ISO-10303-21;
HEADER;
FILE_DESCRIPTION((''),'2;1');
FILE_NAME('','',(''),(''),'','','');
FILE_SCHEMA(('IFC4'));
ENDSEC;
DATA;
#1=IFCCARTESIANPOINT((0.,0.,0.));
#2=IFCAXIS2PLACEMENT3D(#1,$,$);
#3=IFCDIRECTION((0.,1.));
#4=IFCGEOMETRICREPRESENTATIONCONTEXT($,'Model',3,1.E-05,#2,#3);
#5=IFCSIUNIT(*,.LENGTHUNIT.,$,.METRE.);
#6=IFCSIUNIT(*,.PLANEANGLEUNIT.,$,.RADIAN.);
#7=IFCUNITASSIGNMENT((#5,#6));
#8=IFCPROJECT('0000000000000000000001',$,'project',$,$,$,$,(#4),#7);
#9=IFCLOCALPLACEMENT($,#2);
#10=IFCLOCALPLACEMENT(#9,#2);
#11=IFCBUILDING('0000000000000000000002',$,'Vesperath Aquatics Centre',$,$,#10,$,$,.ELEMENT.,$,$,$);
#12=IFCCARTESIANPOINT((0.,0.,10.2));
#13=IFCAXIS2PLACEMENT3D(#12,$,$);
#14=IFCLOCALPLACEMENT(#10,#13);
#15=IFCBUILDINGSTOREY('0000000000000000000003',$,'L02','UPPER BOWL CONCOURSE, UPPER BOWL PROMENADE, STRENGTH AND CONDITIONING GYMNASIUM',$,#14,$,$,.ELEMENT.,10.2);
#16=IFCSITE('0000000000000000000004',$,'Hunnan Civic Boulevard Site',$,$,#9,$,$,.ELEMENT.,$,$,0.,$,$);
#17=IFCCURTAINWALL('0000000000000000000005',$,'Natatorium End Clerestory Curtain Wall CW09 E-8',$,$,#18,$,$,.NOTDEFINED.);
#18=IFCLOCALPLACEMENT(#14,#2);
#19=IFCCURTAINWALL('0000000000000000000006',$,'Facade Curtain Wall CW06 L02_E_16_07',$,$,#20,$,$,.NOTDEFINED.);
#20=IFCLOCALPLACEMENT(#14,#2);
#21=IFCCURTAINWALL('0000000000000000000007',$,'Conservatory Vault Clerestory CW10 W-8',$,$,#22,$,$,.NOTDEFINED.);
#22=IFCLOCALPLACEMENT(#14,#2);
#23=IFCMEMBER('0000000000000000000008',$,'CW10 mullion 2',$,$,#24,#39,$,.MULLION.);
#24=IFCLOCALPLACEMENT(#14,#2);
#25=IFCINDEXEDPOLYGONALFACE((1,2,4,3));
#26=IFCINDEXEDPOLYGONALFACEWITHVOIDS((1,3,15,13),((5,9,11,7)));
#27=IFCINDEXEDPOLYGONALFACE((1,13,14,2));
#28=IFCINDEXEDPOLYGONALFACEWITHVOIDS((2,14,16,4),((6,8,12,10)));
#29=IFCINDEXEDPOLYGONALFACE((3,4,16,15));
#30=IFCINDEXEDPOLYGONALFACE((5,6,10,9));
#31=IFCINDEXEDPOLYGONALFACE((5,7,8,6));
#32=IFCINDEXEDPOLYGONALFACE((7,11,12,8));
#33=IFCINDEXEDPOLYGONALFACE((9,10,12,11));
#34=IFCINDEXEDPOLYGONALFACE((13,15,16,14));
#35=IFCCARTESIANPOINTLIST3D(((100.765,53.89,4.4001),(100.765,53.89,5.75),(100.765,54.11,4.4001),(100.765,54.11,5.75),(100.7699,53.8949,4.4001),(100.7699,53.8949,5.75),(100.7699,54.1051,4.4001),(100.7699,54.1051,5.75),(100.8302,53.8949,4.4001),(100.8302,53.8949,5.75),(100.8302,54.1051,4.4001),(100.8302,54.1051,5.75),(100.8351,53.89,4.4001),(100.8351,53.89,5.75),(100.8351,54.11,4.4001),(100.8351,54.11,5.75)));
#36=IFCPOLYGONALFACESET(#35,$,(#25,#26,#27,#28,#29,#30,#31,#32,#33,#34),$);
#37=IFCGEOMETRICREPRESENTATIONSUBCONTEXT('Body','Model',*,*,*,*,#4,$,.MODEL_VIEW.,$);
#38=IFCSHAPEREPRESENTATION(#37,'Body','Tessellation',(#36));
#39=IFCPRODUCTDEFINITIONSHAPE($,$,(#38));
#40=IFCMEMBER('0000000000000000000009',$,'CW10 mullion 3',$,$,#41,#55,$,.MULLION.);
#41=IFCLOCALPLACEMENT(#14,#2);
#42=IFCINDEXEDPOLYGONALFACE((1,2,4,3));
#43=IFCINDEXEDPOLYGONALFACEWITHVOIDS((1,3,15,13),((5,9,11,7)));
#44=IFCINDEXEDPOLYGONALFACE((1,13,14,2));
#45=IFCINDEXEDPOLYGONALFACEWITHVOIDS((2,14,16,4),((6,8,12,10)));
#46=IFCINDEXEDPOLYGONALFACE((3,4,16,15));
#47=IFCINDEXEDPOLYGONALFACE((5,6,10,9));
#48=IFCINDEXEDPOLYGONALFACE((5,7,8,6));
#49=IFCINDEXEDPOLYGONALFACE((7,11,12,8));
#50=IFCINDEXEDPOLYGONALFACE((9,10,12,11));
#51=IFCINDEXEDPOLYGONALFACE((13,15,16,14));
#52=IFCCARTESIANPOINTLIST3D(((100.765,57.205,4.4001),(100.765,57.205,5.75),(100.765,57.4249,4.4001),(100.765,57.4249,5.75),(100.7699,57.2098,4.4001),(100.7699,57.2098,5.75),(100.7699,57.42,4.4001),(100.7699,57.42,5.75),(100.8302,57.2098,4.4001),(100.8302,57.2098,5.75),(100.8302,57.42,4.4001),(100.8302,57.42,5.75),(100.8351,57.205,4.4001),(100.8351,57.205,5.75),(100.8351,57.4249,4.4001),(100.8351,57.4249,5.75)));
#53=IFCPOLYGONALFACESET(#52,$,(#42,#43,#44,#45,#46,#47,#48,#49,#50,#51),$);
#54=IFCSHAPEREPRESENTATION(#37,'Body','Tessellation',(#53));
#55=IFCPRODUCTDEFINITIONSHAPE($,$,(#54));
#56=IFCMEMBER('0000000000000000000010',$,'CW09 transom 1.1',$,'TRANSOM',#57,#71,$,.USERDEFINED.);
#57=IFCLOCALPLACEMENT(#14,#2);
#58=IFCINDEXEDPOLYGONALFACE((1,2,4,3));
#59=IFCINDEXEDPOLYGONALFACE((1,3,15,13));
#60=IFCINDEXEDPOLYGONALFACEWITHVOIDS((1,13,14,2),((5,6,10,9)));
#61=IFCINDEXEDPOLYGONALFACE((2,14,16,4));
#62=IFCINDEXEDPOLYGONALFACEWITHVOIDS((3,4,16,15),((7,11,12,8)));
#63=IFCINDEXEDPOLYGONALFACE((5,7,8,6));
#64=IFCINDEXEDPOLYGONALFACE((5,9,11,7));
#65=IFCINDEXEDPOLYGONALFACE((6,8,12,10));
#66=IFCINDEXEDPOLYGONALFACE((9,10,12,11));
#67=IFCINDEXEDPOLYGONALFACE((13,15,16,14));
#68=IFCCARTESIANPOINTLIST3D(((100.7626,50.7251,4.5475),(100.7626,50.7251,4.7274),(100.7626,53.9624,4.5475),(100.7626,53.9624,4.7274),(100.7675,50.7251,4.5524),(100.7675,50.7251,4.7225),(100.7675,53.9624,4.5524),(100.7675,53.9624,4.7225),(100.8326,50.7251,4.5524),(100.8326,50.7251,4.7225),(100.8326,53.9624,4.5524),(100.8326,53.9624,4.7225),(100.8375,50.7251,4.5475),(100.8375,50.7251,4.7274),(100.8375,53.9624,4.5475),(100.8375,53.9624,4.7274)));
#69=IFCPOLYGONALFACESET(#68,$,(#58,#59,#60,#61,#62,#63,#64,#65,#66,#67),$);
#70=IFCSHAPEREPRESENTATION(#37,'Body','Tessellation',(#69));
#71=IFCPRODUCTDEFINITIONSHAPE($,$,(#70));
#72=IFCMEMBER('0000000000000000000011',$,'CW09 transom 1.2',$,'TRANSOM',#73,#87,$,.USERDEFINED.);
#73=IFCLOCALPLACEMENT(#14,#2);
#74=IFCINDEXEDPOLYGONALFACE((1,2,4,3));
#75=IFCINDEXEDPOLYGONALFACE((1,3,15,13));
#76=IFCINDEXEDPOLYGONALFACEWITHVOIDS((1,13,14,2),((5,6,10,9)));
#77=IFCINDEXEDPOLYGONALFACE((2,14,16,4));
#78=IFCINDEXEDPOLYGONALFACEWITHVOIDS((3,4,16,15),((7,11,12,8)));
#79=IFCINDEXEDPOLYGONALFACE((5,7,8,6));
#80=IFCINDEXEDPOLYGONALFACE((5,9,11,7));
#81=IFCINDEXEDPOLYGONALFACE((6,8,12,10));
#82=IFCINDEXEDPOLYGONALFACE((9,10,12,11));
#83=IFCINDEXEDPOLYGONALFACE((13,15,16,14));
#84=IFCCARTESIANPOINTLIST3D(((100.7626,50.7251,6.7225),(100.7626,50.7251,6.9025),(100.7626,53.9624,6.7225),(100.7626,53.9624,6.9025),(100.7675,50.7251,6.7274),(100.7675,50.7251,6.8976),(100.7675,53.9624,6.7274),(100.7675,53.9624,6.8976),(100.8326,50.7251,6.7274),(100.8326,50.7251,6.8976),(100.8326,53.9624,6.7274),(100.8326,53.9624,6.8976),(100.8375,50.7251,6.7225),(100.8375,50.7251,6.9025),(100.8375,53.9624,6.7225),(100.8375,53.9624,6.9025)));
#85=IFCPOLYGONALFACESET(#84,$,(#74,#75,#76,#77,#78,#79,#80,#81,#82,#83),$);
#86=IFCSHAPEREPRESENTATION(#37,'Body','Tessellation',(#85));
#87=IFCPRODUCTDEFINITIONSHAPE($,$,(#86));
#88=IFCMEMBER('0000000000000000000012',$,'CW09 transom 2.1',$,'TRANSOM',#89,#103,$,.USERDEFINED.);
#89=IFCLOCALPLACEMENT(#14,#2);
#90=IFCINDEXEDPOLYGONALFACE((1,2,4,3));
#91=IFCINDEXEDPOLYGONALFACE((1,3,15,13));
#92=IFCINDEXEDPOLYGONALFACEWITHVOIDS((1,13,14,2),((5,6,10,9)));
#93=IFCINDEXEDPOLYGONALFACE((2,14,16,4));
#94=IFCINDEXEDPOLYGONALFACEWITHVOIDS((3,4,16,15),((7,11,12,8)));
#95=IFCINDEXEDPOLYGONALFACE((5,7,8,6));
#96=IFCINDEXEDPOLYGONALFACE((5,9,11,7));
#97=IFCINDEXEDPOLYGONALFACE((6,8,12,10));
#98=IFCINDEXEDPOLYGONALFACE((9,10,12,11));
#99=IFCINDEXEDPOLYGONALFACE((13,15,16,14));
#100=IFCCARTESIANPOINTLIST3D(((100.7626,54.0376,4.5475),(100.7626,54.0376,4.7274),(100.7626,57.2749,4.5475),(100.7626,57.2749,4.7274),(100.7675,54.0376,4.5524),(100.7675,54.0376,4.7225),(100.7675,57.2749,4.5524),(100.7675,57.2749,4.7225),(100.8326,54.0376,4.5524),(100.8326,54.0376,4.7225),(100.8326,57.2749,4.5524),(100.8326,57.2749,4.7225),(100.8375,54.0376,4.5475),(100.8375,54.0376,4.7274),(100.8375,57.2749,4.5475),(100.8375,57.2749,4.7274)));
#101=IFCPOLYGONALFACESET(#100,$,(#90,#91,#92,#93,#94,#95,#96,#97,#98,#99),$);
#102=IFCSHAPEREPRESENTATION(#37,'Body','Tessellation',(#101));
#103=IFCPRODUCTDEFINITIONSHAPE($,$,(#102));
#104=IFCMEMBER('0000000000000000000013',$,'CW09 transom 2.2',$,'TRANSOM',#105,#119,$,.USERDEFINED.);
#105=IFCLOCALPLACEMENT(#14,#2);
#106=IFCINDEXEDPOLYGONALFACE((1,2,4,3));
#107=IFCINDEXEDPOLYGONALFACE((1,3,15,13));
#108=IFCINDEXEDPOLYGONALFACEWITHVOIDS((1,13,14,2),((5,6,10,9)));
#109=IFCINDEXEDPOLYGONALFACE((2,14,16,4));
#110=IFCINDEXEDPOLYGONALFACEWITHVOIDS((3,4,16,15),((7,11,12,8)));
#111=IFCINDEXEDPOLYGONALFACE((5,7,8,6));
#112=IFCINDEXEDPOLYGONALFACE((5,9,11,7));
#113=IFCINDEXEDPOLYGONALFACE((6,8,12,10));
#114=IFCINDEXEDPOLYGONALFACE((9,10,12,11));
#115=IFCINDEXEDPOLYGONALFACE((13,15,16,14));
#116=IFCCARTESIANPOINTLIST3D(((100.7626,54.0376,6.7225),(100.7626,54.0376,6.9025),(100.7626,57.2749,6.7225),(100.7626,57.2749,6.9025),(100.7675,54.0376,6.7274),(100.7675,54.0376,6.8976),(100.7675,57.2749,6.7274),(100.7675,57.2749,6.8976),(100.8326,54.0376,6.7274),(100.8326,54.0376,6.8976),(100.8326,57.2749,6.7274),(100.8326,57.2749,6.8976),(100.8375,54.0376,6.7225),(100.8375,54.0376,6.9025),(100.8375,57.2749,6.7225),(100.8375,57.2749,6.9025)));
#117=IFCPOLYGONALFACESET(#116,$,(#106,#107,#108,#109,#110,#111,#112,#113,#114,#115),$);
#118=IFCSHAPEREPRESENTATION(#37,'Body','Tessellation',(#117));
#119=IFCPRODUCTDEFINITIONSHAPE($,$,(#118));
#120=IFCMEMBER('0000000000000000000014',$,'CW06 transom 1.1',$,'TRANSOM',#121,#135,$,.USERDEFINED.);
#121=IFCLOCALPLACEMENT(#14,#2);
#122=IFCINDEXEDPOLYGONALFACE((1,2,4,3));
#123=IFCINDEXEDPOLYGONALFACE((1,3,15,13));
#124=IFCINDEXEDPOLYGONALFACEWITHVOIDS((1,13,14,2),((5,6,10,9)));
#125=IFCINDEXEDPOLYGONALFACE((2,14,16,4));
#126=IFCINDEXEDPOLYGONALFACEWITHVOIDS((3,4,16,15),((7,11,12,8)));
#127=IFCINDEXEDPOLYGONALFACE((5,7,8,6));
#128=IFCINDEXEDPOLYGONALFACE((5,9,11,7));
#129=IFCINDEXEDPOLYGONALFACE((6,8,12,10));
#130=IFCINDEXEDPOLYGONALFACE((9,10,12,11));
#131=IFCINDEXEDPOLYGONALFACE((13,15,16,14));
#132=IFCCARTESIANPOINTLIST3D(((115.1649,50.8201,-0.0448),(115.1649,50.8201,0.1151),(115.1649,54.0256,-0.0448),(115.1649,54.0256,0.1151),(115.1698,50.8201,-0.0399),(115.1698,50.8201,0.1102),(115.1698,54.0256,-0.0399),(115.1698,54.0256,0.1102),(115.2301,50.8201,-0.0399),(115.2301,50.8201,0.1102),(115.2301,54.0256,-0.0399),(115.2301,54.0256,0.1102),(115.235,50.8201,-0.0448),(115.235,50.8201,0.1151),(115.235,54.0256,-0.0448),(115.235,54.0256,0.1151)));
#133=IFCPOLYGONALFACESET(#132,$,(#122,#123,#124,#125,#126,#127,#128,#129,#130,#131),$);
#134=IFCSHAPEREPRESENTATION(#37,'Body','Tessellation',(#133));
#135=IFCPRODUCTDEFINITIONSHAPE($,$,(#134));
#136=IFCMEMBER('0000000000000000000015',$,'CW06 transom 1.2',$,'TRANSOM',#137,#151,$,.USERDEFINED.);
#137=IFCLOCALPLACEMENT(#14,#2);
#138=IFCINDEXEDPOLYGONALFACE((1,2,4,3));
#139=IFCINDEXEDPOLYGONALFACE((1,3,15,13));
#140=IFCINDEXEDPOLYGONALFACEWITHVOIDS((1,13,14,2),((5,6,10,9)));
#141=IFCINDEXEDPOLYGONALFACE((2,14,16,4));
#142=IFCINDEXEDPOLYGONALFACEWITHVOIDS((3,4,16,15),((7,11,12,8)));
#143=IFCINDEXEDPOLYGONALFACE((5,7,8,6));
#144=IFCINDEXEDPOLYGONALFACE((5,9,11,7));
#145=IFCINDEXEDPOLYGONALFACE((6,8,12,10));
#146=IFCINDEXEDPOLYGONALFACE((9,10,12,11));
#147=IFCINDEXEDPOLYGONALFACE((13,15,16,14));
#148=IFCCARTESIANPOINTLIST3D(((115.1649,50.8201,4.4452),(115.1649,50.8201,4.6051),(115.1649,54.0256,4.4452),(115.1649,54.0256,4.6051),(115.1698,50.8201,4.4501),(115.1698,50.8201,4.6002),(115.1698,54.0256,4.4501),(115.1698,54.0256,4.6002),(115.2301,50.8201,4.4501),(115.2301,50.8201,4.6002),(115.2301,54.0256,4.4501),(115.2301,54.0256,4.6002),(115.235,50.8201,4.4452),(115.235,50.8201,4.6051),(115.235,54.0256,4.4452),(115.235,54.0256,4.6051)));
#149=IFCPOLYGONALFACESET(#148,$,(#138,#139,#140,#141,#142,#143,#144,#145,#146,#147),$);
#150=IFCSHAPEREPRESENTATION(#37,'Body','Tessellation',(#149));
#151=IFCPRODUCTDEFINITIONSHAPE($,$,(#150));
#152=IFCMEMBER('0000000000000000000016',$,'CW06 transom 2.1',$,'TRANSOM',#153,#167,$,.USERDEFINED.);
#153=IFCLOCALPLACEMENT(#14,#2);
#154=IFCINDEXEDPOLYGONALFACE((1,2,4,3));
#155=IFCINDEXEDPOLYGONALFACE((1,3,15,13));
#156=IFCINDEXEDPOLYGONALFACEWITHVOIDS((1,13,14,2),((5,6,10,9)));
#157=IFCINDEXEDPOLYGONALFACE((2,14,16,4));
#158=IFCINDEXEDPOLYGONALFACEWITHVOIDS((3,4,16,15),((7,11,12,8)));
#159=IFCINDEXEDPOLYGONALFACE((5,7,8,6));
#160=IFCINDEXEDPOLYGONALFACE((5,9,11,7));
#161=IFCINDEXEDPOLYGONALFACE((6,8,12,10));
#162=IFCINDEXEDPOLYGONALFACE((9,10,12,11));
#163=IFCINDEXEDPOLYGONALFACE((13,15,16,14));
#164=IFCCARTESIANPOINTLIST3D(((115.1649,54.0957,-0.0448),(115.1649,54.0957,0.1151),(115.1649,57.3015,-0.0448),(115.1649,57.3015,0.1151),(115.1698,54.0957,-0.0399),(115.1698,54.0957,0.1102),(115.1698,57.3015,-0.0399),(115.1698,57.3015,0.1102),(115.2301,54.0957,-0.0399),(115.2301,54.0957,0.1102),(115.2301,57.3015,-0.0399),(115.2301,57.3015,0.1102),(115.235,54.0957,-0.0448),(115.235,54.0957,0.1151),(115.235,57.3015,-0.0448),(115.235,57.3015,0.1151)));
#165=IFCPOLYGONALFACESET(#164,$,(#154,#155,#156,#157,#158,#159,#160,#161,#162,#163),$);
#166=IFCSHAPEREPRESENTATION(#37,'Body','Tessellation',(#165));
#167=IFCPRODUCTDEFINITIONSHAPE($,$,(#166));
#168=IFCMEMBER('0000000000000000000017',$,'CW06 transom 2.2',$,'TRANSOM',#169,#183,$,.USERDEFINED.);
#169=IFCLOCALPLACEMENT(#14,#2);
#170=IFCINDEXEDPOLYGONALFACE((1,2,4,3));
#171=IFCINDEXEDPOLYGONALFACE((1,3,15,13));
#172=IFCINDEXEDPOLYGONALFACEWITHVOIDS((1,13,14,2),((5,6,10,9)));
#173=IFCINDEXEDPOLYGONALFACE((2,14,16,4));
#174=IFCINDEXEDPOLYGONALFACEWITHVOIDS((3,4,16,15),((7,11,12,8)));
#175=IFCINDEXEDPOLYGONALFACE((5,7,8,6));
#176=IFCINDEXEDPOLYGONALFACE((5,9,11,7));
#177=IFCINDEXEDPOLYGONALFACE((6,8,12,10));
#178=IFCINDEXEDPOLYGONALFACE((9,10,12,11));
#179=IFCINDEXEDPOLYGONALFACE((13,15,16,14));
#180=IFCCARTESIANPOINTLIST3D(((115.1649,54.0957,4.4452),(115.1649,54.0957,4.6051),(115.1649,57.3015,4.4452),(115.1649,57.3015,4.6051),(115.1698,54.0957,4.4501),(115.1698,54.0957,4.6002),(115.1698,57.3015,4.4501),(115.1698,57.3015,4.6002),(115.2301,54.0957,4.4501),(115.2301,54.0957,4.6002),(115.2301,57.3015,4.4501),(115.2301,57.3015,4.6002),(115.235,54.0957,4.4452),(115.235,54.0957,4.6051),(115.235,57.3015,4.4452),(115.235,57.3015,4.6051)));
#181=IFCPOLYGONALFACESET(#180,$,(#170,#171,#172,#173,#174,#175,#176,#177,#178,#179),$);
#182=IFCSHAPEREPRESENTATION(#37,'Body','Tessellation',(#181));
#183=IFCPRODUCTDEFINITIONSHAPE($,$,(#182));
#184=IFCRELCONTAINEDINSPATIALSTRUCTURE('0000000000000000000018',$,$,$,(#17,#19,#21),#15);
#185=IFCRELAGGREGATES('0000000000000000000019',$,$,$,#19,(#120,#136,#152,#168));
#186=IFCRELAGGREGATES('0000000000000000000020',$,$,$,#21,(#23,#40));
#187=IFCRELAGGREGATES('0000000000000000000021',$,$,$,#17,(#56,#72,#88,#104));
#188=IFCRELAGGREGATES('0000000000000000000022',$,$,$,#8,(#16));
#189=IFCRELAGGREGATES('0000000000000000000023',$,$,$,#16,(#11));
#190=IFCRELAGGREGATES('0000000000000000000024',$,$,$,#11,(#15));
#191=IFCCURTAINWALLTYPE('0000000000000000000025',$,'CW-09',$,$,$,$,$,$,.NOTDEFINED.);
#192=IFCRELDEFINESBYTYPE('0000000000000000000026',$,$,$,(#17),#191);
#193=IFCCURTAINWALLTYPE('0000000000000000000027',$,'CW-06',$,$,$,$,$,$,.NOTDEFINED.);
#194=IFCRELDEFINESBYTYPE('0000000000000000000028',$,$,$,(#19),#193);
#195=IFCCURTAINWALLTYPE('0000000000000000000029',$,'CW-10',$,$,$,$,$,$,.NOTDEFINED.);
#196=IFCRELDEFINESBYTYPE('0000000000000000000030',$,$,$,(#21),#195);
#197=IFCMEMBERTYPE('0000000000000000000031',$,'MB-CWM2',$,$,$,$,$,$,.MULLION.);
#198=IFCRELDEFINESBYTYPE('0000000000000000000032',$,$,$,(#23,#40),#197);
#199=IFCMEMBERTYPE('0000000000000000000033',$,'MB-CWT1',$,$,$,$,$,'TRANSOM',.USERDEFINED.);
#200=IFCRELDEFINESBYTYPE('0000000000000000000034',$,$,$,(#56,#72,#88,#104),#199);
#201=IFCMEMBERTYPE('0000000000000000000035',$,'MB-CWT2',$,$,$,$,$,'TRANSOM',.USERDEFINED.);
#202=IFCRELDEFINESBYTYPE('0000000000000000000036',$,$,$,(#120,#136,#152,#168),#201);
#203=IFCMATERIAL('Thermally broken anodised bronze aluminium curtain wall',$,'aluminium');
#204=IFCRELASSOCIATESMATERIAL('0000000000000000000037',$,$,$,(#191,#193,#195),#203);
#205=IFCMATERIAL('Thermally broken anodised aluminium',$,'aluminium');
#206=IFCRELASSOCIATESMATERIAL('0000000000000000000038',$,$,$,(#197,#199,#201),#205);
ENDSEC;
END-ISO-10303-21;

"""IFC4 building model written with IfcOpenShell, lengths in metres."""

from ifc_helpers import new_model, si_unit, direction, frame, origin, origin_2d, place, context, subcontext, project, spatial, hollow_rectangle, extrude, material, material_profile, profile_set, type_object, element, aggregate, save


model = new_model("IFC4")

# Units and contexts
model_context = context("Model", 3, precision=1e-05, world=origin(), true_north=direction((0.0, 1.0)))
body_context = subcontext(model_context, "Body", "Model", "MODEL_VIEW")
ifc_project = project(units=[si_unit("LENGTHUNIT", "METRE"), si_unit("PLANEANGLEUNIT", "RADIAN")], contexts=[model_context])

# Site, building, storey
site_placement = place(None, origin())
site = spatial("IfcSite", under=ifc_project, at=site_placement, Name="Hunnan Civic Boulevard Site", CompositionType="ELEMENT", RefElevation=0.0)
building_placement = place(site_placement, origin())
building = spatial("IfcBuilding", under=site, at=building_placement, Name="Vesperath Aquatics Centre", CompositionType="ELEMENT")
storey_placement = place(building_placement, frame((0.0, 0.0, 10.2)))
storey = spatial("IfcBuildingStorey", under=building, at=storey_placement, Name="L02", Description="UPPER BOWL CONCOURSE, UPPER BOWL PROMENADE, STRENGTH AND CONDITIONING GYMNASIUM", CompositionType="ELEMENT", Elevation=10.2)

# Curtain wall
ifc_material_1 = material(Name="Thermally broken anodised bronze aluminium curtain wall", Category="aluminium")
curtain_wall_type_1 = type_object("IfcCurtainWallType", Name="CW-09", PredefinedType="NOTDEFINED", material=ifc_material_1)
curtain_wall_1_placement = place(storey_placement, origin())
curtain_wall_1 = element("IfcCurtainWall", 1, at=curtain_wall_1_placement, inside=storey, type_object=curtain_wall_type_1, Name="Natatorium End Clerestory Curtain Wall CW09 E-8", PredefinedType="NOTDEFINED")
ifc_material_2 = material(Name="Thermally broken anodised aluminium", Category="aluminium")

# Shared definitions
curtain_wall_type_2 = type_object("IfcCurtainWallType", Name="CW-06", PredefinedType="NOTDEFINED", material=ifc_material_1)
ifc_material_profile_1 = material_profile(ifc_material_2, hollow_rectangle(XDim=0.0701, YDim=0.22, WallThickness=0.0049, at=origin_2d()), Name="CWM 70x220x5")
ifc_profile_set_1 = profile_set([ifc_material_profile_1], Name="Thermally broken anodised aluminium")
member_type_1 = type_object("IfcMemberType", Name="MB-CWM2", PredefinedType="MULLION", material=ifc_profile_set_1)

# Curtain walls, members
curtain_wall_2_placement = place(storey_placement, origin())
curtain_wall_2 = element("IfcCurtainWall", 2, at=curtain_wall_2_placement, inside=storey, type_object=curtain_wall_type_2, Name="Facade Curtain Wall CW06 L02_E_16_07", PredefinedType="NOTDEFINED")
curtain_wall_type_3 = type_object("IfcCurtainWallType", Name="CW-10", PredefinedType="NOTDEFINED", material=ifc_material_1)
curtain_wall_3_placement = place(storey_placement, origin())
curtain_wall_3 = element("IfcCurtainWall", 3, at=curtain_wall_3_placement, inside=storey, type_object=curtain_wall_type_3, Name="Conservatory Vault Clerestory CW10 W-8", PredefinedType="NOTDEFINED")
member_1_placement = place(storey_placement, frame((100.8, 54.0, 4.4001), z_axis=(0.0, 0.0, 1.0), x_axis=(-1.0, 0.0, 0.0)))
member_1 = element("IfcMember", 4, at=member_1_placement, type_object=member_type_1, Name="CW10 mullion 2", PredefinedType="MULLION", context=body_context, shape_type="SweptSolid", body=[
    extrude(hollow_rectangle(XDim=0.0701, YDim=0.22, WallThickness=0.0049, at=origin_2d()), origin(), (0.0, 0.0, 1.0), 1.3499),
])
member_2_placement = place(storey_placement, frame((100.8, 57.3149, 4.4001), z_axis=(0.0, 0.0, 1.0), x_axis=(-1.0, 0.0, 0.0)))
member_2 = element("IfcMember", 5, at=member_2_placement, type_object=member_type_1, Name="CW10 mullion 3", PredefinedType="MULLION", context=body_context, shape_type="SweptSolid", body=[
    extrude(hollow_rectangle(XDim=0.0701, YDim=0.22, WallThickness=0.0049, at=origin_2d()), origin(), (0.0, 0.0, 1.0), 1.3499),
])

# Members
ifc_material_profile_2 = material_profile(ifc_material_2, hollow_rectangle(XDim=0.075, YDim=0.1799, WallThickness=0.0049, at=origin_2d()), Name="CWT 75x180x5")
ifc_profile_set_2 = profile_set([ifc_material_profile_2], Name="Thermally broken anodised aluminium")
member_type_2 = type_object("IfcMemberType", Name="MB-CWT1", ElementType="TRANSOM", PredefinedType="USERDEFINED", material=ifc_profile_set_2)
member_3_placement = place(storey_placement, frame((100.8, 50.7251, 4.6375), z_axis=(0.0, 1.0, 0.0), x_axis=(-1.0, 0.0, 0.0)))
member_3 = element("IfcMember", 6, at=member_3_placement, type_object=member_type_2, Name="CW09 transom 1.1", ObjectType="TRANSOM", PredefinedType="USERDEFINED", context=body_context, shape_type="SweptSolid", body=[
    extrude(hollow_rectangle(XDim=0.075, YDim=0.1799, WallThickness=0.0049, at=origin_2d()), origin(), (0.0, 0.0, 1.0), 3.2373),
])
member_4_placement = place(storey_placement, frame((100.8, 50.7251, 6.8125), z_axis=(0.0, 1.0, 0.0), x_axis=(-1.0, 0.0, 0.0)))
member_4 = element("IfcMember", 7, at=member_4_placement, type_object=member_type_2, Name="CW09 transom 1.2", ObjectType="TRANSOM", PredefinedType="USERDEFINED", context=body_context, shape_type="SweptSolid", body=[
    extrude(hollow_rectangle(XDim=0.075, YDim=0.1799, WallThickness=0.0049, at=origin_2d()), origin(), (0.0, 0.0, 1.0), 3.2373),
])
member_5_placement = place(storey_placement, frame((100.8, 54.0376, 4.6375), z_axis=(0.0, 1.0, 0.0), x_axis=(-1.0, 0.0, 0.0)))
member_5 = element("IfcMember", 8, at=member_5_placement, type_object=member_type_2, Name="CW09 transom 2.1", ObjectType="TRANSOM", PredefinedType="USERDEFINED", context=body_context, shape_type="SweptSolid", body=[
    extrude(hollow_rectangle(XDim=0.075, YDim=0.1799, WallThickness=0.0049, at=origin_2d()), origin(), (0.0, 0.0, 1.0), 3.2373),
])
member_6_placement = place(storey_placement, frame((100.8, 54.0376, 6.8125), z_axis=(0.0, 1.0, 0.0), x_axis=(-1.0, 0.0, 0.0)))
member_6 = element("IfcMember", 9, at=member_6_placement, type_object=member_type_2, Name="CW09 transom 2.2", ObjectType="TRANSOM", PredefinedType="USERDEFINED", context=body_context, shape_type="SweptSolid", body=[
    extrude(hollow_rectangle(XDim=0.075, YDim=0.1799, WallThickness=0.0049, at=origin_2d()), origin(), (0.0, 0.0, 1.0), 3.2373),
])
ifc_material_profile_3 = material_profile(ifc_material_2, hollow_rectangle(XDim=0.0701, YDim=0.1599, WallThickness=0.0049, at=origin_2d()), Name="CWT 70x160x5")
ifc_profile_set_3 = profile_set([ifc_material_profile_3], Name="Thermally broken anodised aluminium")
member_type_3 = type_object("IfcMemberType", Name="MB-CWT2", ElementType="TRANSOM", PredefinedType="USERDEFINED", material=ifc_profile_set_3)
member_7_placement = place(storey_placement, frame((115.2, 50.8201, 0.0352), z_axis=(0.0, 1.0, 0.0), x_axis=(-1.0, 0.0, 0.0)))
member_7 = element("IfcMember", 10, at=member_7_placement, type_object=member_type_3, Name="CW06 transom 1.1", ObjectType="TRANSOM", PredefinedType="USERDEFINED", context=body_context, shape_type="SweptSolid", body=[
    extrude(hollow_rectangle(XDim=0.0701, YDim=0.1599, WallThickness=0.0049, at=origin_2d()), origin(), (0.0, 0.0, 1.0), 3.2056),
])
member_8_placement = place(storey_placement, frame((115.2, 50.8201, 4.5251), z_axis=(0.0, 1.0, 0.0), x_axis=(-1.0, 0.0, 0.0)))
member_8 = element("IfcMember", 11, at=member_8_placement, type_object=member_type_3, Name="CW06 transom 1.2", ObjectType="TRANSOM", PredefinedType="USERDEFINED", context=body_context, shape_type="SweptSolid", body=[
    extrude(hollow_rectangle(XDim=0.0701, YDim=0.1599, WallThickness=0.0049, at=origin_2d()), origin(), (0.0, 0.0, 1.0), 3.2056),
])
member_9_placement = place(storey_placement, frame((115.2, 54.0957, 0.0352), z_axis=(0.0, 1.0, 0.0), x_axis=(-1.0, 0.0, 0.0)))
member_9 = element("IfcMember", 12, at=member_9_placement, type_object=member_type_3, Name="CW06 transom 2.1", ObjectType="TRANSOM", PredefinedType="USERDEFINED", context=body_context, shape_type="SweptSolid", body=[
    extrude(hollow_rectangle(XDim=0.0701, YDim=0.1599, WallThickness=0.0049, at=origin_2d()), origin(), (0.0, 0.0, 1.0), 3.2058),
])
member_10_placement = place(storey_placement, frame((115.2, 54.0957, 4.5251), z_axis=(0.0, 1.0, 0.0), x_axis=(-1.0, 0.0, 0.0)))
member_10 = element("IfcMember", 13, at=member_10_placement, type_object=member_type_3, Name="CW06 transom 2.2", ObjectType="TRANSOM", PredefinedType="USERDEFINED", context=body_context, shape_type="SweptSolid", body=[
    extrude(hollow_rectangle(XDim=0.0701, YDim=0.1599, WallThickness=0.0049, at=origin_2d()), origin(), (0.0, 0.0, 1.0), 3.2058),
])

aggregate(curtain_wall_2, [member_7, member_8, member_9, member_10])
aggregate(curtain_wall_3, [member_1, member_2])
aggregate(curtain_wall_1, [member_3, member_4, member_5, member_6])

save(model, "model.ifc")
